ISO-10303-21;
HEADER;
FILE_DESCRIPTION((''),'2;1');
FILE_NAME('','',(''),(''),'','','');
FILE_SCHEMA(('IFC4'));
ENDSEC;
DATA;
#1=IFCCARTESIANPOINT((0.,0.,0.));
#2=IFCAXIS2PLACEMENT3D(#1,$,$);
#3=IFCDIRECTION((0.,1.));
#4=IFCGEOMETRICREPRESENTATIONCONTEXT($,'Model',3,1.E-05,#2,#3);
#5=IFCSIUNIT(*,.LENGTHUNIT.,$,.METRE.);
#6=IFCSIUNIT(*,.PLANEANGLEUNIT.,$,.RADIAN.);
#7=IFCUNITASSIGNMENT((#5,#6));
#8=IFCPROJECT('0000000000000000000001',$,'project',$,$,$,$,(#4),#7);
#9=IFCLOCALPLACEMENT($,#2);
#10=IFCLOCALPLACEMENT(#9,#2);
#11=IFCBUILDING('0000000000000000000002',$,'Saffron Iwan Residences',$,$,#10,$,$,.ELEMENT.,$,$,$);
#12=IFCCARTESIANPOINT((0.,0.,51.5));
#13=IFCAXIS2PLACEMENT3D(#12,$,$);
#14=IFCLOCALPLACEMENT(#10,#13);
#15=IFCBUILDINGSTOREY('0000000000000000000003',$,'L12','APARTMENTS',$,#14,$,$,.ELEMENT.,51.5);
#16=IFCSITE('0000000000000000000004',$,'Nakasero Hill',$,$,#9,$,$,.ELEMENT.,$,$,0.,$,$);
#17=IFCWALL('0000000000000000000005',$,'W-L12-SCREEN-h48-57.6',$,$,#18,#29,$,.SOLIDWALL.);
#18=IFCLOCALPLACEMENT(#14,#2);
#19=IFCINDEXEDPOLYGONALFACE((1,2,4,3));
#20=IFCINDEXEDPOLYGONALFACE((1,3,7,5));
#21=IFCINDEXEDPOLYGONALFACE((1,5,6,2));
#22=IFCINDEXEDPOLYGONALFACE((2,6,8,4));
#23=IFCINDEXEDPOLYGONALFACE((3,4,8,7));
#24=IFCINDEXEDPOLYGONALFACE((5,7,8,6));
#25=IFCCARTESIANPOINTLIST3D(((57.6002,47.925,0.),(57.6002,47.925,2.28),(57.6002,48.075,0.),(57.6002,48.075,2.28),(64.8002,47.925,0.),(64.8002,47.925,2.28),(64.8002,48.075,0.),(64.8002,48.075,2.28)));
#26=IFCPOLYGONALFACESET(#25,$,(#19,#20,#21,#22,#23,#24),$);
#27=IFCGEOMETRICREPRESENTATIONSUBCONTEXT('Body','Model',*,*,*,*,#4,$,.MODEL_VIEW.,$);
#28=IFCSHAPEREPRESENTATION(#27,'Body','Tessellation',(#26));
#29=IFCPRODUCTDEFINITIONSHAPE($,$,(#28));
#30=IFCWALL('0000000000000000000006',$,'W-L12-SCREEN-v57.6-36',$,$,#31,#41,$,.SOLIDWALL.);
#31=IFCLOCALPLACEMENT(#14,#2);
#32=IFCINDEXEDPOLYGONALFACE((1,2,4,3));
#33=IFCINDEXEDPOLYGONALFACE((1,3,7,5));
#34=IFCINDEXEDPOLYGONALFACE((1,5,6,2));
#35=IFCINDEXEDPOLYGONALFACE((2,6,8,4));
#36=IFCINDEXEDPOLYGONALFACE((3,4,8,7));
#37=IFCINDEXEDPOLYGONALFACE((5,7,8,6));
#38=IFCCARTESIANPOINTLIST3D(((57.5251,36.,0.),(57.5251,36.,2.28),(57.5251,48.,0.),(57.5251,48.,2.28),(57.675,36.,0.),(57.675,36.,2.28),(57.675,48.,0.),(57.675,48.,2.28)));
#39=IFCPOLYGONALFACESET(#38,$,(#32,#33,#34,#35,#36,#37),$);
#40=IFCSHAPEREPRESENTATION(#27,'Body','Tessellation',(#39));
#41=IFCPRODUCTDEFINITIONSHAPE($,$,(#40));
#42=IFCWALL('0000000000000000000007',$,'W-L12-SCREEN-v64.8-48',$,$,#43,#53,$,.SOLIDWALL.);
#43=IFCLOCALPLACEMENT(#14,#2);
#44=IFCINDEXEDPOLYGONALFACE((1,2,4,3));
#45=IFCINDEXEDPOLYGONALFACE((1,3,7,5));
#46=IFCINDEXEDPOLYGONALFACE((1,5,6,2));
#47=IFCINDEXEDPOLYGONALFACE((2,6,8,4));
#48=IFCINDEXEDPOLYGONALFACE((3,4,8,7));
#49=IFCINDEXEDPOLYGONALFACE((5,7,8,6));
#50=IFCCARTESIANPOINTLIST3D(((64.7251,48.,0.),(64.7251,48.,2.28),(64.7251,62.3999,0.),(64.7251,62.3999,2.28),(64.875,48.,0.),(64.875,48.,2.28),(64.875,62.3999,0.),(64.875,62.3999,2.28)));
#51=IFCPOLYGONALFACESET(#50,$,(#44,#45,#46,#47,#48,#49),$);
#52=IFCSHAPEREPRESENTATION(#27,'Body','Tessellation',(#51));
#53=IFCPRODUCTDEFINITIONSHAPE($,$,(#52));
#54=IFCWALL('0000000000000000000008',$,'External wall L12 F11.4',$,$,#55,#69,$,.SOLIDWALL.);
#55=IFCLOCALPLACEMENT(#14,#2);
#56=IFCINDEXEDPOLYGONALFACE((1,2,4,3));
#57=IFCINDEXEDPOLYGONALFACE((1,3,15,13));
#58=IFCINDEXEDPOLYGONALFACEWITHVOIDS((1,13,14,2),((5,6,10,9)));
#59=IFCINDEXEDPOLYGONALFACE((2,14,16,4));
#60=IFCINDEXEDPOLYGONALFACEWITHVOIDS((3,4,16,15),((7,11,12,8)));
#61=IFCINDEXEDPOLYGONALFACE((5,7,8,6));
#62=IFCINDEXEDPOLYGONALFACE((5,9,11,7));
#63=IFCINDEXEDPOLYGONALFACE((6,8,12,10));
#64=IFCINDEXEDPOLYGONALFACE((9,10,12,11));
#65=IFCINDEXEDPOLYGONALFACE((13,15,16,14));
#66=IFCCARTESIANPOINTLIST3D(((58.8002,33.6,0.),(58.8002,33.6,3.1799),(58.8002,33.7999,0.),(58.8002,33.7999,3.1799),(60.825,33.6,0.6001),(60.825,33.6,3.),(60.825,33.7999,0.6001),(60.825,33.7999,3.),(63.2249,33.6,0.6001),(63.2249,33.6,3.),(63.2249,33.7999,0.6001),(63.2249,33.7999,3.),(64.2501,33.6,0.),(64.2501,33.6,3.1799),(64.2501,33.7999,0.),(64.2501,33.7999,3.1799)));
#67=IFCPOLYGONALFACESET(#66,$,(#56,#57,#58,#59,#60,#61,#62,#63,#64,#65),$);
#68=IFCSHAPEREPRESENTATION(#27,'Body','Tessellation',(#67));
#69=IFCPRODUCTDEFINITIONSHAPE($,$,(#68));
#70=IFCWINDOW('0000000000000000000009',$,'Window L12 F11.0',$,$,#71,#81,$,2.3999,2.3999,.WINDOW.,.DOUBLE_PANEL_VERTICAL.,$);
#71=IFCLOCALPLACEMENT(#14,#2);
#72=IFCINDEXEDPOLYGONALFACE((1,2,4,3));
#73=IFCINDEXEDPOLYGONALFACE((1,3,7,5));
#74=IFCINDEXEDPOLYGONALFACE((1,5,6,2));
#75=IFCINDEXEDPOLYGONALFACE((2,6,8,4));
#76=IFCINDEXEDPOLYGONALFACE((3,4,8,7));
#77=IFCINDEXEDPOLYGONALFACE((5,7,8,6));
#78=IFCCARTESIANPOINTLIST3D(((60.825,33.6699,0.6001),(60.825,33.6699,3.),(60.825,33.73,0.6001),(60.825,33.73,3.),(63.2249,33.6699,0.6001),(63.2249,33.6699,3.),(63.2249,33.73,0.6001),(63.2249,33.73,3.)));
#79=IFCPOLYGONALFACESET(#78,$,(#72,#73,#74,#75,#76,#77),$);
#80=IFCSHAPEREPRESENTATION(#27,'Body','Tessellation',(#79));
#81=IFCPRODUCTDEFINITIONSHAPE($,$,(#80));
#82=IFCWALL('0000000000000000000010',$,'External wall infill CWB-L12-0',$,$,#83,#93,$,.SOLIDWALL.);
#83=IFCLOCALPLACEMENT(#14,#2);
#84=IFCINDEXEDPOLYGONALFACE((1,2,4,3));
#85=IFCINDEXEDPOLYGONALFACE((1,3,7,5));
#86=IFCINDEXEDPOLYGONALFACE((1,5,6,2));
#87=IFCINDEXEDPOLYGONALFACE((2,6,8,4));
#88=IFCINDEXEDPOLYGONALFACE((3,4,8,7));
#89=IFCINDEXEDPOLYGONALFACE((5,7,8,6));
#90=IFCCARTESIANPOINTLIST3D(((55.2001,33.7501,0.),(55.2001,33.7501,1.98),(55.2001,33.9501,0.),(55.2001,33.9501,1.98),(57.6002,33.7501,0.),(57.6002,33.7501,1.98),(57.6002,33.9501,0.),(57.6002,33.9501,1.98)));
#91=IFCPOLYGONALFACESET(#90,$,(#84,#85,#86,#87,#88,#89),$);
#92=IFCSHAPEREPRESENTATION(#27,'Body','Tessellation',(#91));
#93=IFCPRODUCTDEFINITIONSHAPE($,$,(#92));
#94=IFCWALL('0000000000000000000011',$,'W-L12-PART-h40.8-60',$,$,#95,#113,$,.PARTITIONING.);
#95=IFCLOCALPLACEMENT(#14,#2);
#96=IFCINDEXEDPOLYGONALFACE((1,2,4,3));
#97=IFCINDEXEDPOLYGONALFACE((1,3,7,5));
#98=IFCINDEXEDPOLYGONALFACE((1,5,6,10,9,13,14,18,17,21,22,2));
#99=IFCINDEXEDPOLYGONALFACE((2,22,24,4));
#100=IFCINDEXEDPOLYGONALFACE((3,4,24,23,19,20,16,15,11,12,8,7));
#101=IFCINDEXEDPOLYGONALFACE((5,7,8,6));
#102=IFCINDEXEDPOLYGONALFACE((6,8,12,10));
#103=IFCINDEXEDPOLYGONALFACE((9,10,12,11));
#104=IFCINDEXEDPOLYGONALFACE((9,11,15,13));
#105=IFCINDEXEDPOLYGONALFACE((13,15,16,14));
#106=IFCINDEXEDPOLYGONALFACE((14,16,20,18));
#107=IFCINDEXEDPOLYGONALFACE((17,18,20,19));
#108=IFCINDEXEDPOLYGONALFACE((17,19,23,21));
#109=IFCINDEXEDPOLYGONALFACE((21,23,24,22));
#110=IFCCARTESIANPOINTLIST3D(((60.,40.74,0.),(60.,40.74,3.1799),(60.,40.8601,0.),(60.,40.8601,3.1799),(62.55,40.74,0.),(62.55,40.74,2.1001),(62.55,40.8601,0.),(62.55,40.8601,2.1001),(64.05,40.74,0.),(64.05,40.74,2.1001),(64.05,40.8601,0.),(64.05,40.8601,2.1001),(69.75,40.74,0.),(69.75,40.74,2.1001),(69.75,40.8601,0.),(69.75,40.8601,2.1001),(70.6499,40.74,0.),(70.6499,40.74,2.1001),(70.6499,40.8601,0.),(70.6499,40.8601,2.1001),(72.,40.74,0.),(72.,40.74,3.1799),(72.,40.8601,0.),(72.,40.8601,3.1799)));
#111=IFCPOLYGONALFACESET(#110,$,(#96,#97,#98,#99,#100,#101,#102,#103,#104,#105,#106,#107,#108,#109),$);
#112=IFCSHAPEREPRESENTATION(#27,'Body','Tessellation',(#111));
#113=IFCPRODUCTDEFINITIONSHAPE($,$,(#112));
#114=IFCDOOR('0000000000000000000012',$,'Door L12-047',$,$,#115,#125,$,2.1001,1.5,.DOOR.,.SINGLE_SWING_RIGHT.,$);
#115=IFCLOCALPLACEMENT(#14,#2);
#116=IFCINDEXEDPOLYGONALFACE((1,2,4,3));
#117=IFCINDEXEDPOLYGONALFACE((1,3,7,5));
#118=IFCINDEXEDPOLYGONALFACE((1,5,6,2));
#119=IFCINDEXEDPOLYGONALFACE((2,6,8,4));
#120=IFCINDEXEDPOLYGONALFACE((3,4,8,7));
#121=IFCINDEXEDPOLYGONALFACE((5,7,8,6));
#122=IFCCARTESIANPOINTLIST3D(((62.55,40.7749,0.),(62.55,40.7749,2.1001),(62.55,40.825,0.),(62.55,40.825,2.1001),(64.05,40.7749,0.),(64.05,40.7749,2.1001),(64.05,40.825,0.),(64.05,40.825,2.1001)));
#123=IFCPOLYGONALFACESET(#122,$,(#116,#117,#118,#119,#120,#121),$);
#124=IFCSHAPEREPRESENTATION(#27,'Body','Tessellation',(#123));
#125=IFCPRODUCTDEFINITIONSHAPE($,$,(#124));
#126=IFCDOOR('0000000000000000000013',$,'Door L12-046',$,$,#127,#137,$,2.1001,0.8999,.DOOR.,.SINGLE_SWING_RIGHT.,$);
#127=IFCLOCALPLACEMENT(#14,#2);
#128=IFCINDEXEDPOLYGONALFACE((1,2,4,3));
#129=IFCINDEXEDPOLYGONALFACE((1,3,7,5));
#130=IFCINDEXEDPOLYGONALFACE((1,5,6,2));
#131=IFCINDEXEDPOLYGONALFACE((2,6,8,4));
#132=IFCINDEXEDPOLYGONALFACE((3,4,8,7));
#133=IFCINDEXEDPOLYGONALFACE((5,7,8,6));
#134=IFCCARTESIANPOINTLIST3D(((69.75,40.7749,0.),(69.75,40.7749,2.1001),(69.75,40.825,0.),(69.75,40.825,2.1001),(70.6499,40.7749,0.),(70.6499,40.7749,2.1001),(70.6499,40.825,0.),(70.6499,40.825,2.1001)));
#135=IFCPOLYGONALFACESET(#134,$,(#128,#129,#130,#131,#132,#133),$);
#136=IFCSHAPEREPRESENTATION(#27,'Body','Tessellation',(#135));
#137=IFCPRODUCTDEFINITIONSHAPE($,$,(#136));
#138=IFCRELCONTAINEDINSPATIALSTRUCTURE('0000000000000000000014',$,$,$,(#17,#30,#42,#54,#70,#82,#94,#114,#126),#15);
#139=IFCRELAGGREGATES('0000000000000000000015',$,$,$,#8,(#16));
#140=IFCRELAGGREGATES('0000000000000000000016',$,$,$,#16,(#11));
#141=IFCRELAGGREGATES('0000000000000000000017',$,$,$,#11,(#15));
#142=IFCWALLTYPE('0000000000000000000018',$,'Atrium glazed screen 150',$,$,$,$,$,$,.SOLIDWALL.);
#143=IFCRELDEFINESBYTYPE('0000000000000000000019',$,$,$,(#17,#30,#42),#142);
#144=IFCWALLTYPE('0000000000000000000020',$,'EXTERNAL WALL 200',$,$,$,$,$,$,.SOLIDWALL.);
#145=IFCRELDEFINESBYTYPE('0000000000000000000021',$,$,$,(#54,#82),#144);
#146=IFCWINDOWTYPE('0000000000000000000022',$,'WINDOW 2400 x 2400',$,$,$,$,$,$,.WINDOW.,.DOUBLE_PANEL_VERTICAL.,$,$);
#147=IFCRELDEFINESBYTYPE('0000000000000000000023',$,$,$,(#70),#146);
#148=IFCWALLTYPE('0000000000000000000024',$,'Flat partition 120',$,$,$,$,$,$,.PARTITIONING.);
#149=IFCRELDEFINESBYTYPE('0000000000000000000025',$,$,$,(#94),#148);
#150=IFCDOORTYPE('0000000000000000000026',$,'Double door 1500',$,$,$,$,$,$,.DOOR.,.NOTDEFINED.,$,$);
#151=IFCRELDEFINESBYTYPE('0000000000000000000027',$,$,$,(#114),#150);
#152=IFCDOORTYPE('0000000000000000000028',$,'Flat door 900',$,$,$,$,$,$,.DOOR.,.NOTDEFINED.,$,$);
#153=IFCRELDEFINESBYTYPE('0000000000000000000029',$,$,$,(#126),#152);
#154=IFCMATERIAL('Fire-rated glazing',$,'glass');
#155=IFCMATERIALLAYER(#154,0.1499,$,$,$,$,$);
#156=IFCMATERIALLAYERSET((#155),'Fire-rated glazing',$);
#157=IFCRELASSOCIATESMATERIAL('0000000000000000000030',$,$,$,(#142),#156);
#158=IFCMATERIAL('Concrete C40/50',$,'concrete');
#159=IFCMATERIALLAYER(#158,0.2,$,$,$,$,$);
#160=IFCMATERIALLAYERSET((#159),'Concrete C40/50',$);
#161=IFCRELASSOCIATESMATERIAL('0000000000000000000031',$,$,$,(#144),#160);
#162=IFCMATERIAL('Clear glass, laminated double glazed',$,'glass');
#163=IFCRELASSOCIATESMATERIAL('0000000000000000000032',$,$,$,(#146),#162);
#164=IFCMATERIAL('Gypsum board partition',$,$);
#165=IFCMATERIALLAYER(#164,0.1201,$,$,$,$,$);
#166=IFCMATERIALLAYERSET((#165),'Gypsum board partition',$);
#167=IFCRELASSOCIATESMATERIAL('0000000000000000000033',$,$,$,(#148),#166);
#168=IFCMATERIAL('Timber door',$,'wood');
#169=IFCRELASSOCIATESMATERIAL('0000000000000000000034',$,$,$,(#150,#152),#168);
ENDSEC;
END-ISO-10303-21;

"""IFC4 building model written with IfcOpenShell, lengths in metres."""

from ifc_helpers import new_model, si_unit, direction, frame, frame_2d, origin, place, context, subcontext, project, spatial, rectangle, extrude, material, layer, layer_set, type_object, element, fill, save


model = new_model("IFC4")

# Units and contexts
model_context = context("Model", 3, precision=1e-05, world=origin(), true_north=direction((0.0, 1.0)))
body_context = subcontext(model_context, "Body", "Model", "MODEL_VIEW")
ifc_project = project(units=[si_unit("LENGTHUNIT", "METRE"), si_unit("PLANEANGLEUNIT", "RADIAN")], contexts=[model_context])

# Site, building, storey
site_placement = place(None, origin())
site = spatial("IfcSite", under=ifc_project, at=site_placement, Name="Nakasero Hill", CompositionType="ELEMENT", RefElevation=0.0)
building_placement = place(site_placement, origin())
building = spatial("IfcBuilding", under=site, at=building_placement, Name="Saffron Iwan Residences", CompositionType="ELEMENT")
storey_placement = place(building_placement, frame((0.0, 0.0, 51.5)))
storey = spatial("IfcBuildingStorey", under=building, at=storey_placement, Name="L12", Description="APARTMENTS", CompositionType="ELEMENT", Elevation=51.5)

# Shared definitions
ifc_material_1 = material(Name="Clear glass, laminated double glazed", Category="glass")

# Walls
ifc_material_2 = material(Name="Fire-rated glazing", Category="glass")
ifc_layer_1 = layer(ifc_material_2, 0.1499)
ifc_layer_set_1 = layer_set([ifc_layer_1], Name="Fire-rated glazing")
wall_type_1 = type_object("IfcWallType", Name="Atrium glazed screen 150", PredefinedType="SOLIDWALL", material=ifc_layer_set_1)
wall_1_placement = place(storey_placement, frame((57.6001, 48.0, 0.0), z_axis=(0.0, 0.0, 1.0), x_axis=(1.0, 0.0, 0.0)))
element("IfcWall", 1, at=wall_1_placement, inside=storey, type_object=wall_type_1, Name="W-L12-SCREEN-h48-57.6", PredefinedType="SOLIDWALL", context=body_context, shape_type="SweptSolid", body=[
    extrude(rectangle(XDim=7.2, YDim=0.1499, at=frame_2d((3.6001, 0.0))), origin(), (0.0, 0.0, 1.0), 2.28),
])
wall_2_placement = place(storey_placement, frame((57.6001, 36.0, 0.0), z_axis=(0.0, 0.0, 1.0), x_axis=(0.0, 1.0, 0.0)))
element("IfcWall", 2, at=wall_2_placement, inside=storey, type_object=wall_type_1, Name="W-L12-SCREEN-v57.6-36", PredefinedType="SOLIDWALL", context=body_context, shape_type="SweptSolid", body=[
    extrude(rectangle(XDim=12.0, YDim=0.1499, at=frame_2d((6.0, 0.0))), origin(), (0.0, 0.0, 1.0), 2.28),
])
wall_3_placement = place(storey_placement, frame((64.8, 48.0, 0.0), z_axis=(0.0, 0.0, 1.0), x_axis=(0.0, 1.0, 0.0)))
element("IfcWall", 3, at=wall_3_placement, inside=storey, type_object=wall_type_1, Name="W-L12-SCREEN-v64.8-48", PredefinedType="SOLIDWALL", context=body_context, shape_type="SweptSolid", body=[
    extrude(rectangle(XDim=14.3999, YDim=0.1499, at=frame_2d((7.2, 0.0))), origin(), (0.0, 0.0, 1.0), 2.28),
])

# Wall, opening, window
ifc_material_3 = material(Name="Concrete C40/50", Category="concrete")
ifc_layer_2 = layer(ifc_material_3, 0.2)
ifc_layer_set_2 = layer_set([ifc_layer_2], Name="Concrete C40/50")
wall_type_2 = type_object("IfcWallType", Name="EXTERNAL WALL 200", PredefinedType="SOLIDWALL", material=ifc_layer_set_2)
wall_4_placement = place(storey_placement, frame((58.8, 33.7, 0.0), z_axis=(0.0, 0.0, 1.0), x_axis=(1.0, 0.0, 0.0)))
wall_4 = element("IfcWall", 4, at=wall_4_placement, inside=storey, type_object=wall_type_2, Name="External wall L12 F11.4", PredefinedType="SOLIDWALL", context=body_context, shape_type="SweptSolid", body=[
    extrude(rectangle(XDim=5.45, YDim=0.2, at=frame_2d((2.7251, 0.0))), origin(), (0.0, 0.0, 1.0), 3.1799),
])
opening_1_placement = place(wall_4_placement, frame((2.0249, 0.0, 0.6001)))
opening_1 = element("IfcOpeningElement", 5, at=opening_1_placement, cuts=wall_4, PredefinedType="OPENING", context=body_context, shape_type="SweptSolid", body=[
    extrude(rectangle(XDim=2.3999, YDim=2.3999, at=frame_2d((1.2, 1.2))), frame((0.0, 0.1099, 0.0), z_axis=(0.0, -1.0, 0.0), x_axis=(1.0, 0.0, 0.0)), (0.0, 0.0, 1.0), 0.22),
])
window_type = type_object("IfcWindowType", Name="WINDOW 2400 x 2400", PartitioningType="DOUBLE_PANEL_VERTICAL", PredefinedType="WINDOW", material=ifc_material_1)
window_placement = place(opening_1_placement, origin())
window = element("IfcWindow", 6, at=window_placement, inside=storey, type_object=window_type, Name="Window L12 F11.0", OverallHeight=2.3999, OverallWidth=2.3999, PartitioningType="DOUBLE_PANEL_VERTICAL", PredefinedType="WINDOW", context=body_context, shape_type="SweptSolid", body=[
    extrude(rectangle(XDim=2.3999, YDim=2.3999, at=frame_2d((1.2, 1.2))), frame((0.0, 0.03, 0.0), z_axis=(0.0, -1.0, 0.0), x_axis=(1.0, 0.0, 0.0)), (0.0, 0.0, 1.0), 0.0601),
])
fill(opening_1, window)

# Wall
wall_5_placement = place(storey_placement, frame((55.2, 33.8501, 0.0), z_axis=(0.0, 0.0, 1.0), x_axis=(1.0, 0.0, 0.0)))
element("IfcWall", 7, at=wall_5_placement, inside=storey, type_object=wall_type_2, Name="External wall infill CWB-L12-0", PredefinedType="SOLIDWALL", context=body_context, shape_type="SweptSolid", body=[
    extrude(rectangle(XDim=2.4001, YDim=0.2, at=frame_2d((1.2002, 0.0))), origin(), (0.0, 0.0, 1.0), 1.98),
])

# Wall, openings, doors
ifc_material_4 = material(Name="Gypsum board partition")
ifc_layer_3 = layer(ifc_material_4, 0.1201)
ifc_layer_set_3 = layer_set([ifc_layer_3], Name="Gypsum board partition")
wall_type_3 = type_object("IfcWallType", Name="Flat partition 120", PredefinedType="PARTITIONING", material=ifc_layer_set_3)
wall_6_placement = place(storey_placement, frame((60.0, 40.8, 0.0), z_axis=(0.0, 0.0, 1.0), x_axis=(1.0, 0.0, 0.0)))
wall_6 = element("IfcWall", 8, at=wall_6_placement, inside=storey, type_object=wall_type_3, Name="W-L12-PART-h40.8-60", PredefinedType="PARTITIONING", context=body_context, shape_type="SweptSolid", body=[
    extrude(rectangle(XDim=12.0, YDim=0.1201, at=frame_2d((6.0, 0.0))), origin(), (0.0, 0.0, 1.0), 3.1799),
])
opening_2_placement = place(wall_6_placement, frame((9.75, 0.0, 0.0)))
opening_2 = element("IfcOpeningElement", 9, at=opening_2_placement, cuts=wall_6, PredefinedType="OPENING", context=body_context, shape_type="SweptSolid", body=[
    extrude(rectangle(XDim=0.8999, YDim=2.1001, at=frame_2d((0.45, 1.05))), frame((0.0, 0.0701, 0.0), z_axis=(0.0, -1.0, 0.0), x_axis=(1.0, 0.0, 0.0)), (0.0, 0.0, 1.0), 0.1401),
])
opening_3_placement = place(wall_6_placement, frame((2.55, 0.0, 0.0)))
opening_3 = element("IfcOpeningElement", 10, at=opening_3_placement, cuts=wall_6, PredefinedType="OPENING", context=body_context, shape_type="SweptSolid", body=[
    extrude(rectangle(XDim=1.5, YDim=2.1001, at=frame_2d((0.75, 1.05))), frame((0.0, 0.0701, 0.0), z_axis=(0.0, -1.0, 0.0), x_axis=(1.0, 0.0, 0.0)), (0.0, 0.0, 1.0), 0.1401),
])
ifc_material_5 = material(Name="Timber door", Category="wood")
door_type_1 = type_object("IfcDoorType", Name="Double door 1500", OperationType="NOTDEFINED", PredefinedType="DOOR", material=ifc_material_5)
door_1_placement = place(opening_3_placement, origin())
door_1 = element("IfcDoor", 11, at=door_1_placement, inside=storey, type_object=door_type_1, Name="Door L12-047", OperationType="SINGLE_SWING_RIGHT", OverallHeight=2.1001, OverallWidth=1.5, PredefinedType="DOOR", context=body_context, shape_type="SweptSolid", body=[
    extrude(rectangle(XDim=1.5, YDim=2.1001, at=frame_2d((0.75, 1.05))), frame((0.0, 0.0249, 0.0), z_axis=(0.0, -1.0, 0.0), x_axis=(1.0, 0.0, 0.0)), (0.0, 0.0, 1.0), 0.05),
])
fill(opening_3, door_1)
door_type_2 = type_object("IfcDoorType", Name="Flat door 900", OperationType="NOTDEFINED", PredefinedType="DOOR", material=ifc_material_5)
door_2_placement = place(opening_2_placement, origin())
door_2 = element("IfcDoor", 12, at=door_2_placement, inside=storey, type_object=door_type_2, Name="Door L12-046", OperationType="SINGLE_SWING_RIGHT", OverallHeight=2.1001, OverallWidth=0.8999, PredefinedType="DOOR", context=body_context, shape_type="SweptSolid", body=[
    extrude(rectangle(XDim=0.8999, YDim=2.1001, at=frame_2d((0.45, 1.05))), frame((0.0, 0.0249, 0.0), z_axis=(0.0, -1.0, 0.0), x_axis=(1.0, 0.0, 0.0)), (0.0, 0.0, 1.0), 0.05),
])
fill(opening_2, door_2)

save(model, "model.ifc")
